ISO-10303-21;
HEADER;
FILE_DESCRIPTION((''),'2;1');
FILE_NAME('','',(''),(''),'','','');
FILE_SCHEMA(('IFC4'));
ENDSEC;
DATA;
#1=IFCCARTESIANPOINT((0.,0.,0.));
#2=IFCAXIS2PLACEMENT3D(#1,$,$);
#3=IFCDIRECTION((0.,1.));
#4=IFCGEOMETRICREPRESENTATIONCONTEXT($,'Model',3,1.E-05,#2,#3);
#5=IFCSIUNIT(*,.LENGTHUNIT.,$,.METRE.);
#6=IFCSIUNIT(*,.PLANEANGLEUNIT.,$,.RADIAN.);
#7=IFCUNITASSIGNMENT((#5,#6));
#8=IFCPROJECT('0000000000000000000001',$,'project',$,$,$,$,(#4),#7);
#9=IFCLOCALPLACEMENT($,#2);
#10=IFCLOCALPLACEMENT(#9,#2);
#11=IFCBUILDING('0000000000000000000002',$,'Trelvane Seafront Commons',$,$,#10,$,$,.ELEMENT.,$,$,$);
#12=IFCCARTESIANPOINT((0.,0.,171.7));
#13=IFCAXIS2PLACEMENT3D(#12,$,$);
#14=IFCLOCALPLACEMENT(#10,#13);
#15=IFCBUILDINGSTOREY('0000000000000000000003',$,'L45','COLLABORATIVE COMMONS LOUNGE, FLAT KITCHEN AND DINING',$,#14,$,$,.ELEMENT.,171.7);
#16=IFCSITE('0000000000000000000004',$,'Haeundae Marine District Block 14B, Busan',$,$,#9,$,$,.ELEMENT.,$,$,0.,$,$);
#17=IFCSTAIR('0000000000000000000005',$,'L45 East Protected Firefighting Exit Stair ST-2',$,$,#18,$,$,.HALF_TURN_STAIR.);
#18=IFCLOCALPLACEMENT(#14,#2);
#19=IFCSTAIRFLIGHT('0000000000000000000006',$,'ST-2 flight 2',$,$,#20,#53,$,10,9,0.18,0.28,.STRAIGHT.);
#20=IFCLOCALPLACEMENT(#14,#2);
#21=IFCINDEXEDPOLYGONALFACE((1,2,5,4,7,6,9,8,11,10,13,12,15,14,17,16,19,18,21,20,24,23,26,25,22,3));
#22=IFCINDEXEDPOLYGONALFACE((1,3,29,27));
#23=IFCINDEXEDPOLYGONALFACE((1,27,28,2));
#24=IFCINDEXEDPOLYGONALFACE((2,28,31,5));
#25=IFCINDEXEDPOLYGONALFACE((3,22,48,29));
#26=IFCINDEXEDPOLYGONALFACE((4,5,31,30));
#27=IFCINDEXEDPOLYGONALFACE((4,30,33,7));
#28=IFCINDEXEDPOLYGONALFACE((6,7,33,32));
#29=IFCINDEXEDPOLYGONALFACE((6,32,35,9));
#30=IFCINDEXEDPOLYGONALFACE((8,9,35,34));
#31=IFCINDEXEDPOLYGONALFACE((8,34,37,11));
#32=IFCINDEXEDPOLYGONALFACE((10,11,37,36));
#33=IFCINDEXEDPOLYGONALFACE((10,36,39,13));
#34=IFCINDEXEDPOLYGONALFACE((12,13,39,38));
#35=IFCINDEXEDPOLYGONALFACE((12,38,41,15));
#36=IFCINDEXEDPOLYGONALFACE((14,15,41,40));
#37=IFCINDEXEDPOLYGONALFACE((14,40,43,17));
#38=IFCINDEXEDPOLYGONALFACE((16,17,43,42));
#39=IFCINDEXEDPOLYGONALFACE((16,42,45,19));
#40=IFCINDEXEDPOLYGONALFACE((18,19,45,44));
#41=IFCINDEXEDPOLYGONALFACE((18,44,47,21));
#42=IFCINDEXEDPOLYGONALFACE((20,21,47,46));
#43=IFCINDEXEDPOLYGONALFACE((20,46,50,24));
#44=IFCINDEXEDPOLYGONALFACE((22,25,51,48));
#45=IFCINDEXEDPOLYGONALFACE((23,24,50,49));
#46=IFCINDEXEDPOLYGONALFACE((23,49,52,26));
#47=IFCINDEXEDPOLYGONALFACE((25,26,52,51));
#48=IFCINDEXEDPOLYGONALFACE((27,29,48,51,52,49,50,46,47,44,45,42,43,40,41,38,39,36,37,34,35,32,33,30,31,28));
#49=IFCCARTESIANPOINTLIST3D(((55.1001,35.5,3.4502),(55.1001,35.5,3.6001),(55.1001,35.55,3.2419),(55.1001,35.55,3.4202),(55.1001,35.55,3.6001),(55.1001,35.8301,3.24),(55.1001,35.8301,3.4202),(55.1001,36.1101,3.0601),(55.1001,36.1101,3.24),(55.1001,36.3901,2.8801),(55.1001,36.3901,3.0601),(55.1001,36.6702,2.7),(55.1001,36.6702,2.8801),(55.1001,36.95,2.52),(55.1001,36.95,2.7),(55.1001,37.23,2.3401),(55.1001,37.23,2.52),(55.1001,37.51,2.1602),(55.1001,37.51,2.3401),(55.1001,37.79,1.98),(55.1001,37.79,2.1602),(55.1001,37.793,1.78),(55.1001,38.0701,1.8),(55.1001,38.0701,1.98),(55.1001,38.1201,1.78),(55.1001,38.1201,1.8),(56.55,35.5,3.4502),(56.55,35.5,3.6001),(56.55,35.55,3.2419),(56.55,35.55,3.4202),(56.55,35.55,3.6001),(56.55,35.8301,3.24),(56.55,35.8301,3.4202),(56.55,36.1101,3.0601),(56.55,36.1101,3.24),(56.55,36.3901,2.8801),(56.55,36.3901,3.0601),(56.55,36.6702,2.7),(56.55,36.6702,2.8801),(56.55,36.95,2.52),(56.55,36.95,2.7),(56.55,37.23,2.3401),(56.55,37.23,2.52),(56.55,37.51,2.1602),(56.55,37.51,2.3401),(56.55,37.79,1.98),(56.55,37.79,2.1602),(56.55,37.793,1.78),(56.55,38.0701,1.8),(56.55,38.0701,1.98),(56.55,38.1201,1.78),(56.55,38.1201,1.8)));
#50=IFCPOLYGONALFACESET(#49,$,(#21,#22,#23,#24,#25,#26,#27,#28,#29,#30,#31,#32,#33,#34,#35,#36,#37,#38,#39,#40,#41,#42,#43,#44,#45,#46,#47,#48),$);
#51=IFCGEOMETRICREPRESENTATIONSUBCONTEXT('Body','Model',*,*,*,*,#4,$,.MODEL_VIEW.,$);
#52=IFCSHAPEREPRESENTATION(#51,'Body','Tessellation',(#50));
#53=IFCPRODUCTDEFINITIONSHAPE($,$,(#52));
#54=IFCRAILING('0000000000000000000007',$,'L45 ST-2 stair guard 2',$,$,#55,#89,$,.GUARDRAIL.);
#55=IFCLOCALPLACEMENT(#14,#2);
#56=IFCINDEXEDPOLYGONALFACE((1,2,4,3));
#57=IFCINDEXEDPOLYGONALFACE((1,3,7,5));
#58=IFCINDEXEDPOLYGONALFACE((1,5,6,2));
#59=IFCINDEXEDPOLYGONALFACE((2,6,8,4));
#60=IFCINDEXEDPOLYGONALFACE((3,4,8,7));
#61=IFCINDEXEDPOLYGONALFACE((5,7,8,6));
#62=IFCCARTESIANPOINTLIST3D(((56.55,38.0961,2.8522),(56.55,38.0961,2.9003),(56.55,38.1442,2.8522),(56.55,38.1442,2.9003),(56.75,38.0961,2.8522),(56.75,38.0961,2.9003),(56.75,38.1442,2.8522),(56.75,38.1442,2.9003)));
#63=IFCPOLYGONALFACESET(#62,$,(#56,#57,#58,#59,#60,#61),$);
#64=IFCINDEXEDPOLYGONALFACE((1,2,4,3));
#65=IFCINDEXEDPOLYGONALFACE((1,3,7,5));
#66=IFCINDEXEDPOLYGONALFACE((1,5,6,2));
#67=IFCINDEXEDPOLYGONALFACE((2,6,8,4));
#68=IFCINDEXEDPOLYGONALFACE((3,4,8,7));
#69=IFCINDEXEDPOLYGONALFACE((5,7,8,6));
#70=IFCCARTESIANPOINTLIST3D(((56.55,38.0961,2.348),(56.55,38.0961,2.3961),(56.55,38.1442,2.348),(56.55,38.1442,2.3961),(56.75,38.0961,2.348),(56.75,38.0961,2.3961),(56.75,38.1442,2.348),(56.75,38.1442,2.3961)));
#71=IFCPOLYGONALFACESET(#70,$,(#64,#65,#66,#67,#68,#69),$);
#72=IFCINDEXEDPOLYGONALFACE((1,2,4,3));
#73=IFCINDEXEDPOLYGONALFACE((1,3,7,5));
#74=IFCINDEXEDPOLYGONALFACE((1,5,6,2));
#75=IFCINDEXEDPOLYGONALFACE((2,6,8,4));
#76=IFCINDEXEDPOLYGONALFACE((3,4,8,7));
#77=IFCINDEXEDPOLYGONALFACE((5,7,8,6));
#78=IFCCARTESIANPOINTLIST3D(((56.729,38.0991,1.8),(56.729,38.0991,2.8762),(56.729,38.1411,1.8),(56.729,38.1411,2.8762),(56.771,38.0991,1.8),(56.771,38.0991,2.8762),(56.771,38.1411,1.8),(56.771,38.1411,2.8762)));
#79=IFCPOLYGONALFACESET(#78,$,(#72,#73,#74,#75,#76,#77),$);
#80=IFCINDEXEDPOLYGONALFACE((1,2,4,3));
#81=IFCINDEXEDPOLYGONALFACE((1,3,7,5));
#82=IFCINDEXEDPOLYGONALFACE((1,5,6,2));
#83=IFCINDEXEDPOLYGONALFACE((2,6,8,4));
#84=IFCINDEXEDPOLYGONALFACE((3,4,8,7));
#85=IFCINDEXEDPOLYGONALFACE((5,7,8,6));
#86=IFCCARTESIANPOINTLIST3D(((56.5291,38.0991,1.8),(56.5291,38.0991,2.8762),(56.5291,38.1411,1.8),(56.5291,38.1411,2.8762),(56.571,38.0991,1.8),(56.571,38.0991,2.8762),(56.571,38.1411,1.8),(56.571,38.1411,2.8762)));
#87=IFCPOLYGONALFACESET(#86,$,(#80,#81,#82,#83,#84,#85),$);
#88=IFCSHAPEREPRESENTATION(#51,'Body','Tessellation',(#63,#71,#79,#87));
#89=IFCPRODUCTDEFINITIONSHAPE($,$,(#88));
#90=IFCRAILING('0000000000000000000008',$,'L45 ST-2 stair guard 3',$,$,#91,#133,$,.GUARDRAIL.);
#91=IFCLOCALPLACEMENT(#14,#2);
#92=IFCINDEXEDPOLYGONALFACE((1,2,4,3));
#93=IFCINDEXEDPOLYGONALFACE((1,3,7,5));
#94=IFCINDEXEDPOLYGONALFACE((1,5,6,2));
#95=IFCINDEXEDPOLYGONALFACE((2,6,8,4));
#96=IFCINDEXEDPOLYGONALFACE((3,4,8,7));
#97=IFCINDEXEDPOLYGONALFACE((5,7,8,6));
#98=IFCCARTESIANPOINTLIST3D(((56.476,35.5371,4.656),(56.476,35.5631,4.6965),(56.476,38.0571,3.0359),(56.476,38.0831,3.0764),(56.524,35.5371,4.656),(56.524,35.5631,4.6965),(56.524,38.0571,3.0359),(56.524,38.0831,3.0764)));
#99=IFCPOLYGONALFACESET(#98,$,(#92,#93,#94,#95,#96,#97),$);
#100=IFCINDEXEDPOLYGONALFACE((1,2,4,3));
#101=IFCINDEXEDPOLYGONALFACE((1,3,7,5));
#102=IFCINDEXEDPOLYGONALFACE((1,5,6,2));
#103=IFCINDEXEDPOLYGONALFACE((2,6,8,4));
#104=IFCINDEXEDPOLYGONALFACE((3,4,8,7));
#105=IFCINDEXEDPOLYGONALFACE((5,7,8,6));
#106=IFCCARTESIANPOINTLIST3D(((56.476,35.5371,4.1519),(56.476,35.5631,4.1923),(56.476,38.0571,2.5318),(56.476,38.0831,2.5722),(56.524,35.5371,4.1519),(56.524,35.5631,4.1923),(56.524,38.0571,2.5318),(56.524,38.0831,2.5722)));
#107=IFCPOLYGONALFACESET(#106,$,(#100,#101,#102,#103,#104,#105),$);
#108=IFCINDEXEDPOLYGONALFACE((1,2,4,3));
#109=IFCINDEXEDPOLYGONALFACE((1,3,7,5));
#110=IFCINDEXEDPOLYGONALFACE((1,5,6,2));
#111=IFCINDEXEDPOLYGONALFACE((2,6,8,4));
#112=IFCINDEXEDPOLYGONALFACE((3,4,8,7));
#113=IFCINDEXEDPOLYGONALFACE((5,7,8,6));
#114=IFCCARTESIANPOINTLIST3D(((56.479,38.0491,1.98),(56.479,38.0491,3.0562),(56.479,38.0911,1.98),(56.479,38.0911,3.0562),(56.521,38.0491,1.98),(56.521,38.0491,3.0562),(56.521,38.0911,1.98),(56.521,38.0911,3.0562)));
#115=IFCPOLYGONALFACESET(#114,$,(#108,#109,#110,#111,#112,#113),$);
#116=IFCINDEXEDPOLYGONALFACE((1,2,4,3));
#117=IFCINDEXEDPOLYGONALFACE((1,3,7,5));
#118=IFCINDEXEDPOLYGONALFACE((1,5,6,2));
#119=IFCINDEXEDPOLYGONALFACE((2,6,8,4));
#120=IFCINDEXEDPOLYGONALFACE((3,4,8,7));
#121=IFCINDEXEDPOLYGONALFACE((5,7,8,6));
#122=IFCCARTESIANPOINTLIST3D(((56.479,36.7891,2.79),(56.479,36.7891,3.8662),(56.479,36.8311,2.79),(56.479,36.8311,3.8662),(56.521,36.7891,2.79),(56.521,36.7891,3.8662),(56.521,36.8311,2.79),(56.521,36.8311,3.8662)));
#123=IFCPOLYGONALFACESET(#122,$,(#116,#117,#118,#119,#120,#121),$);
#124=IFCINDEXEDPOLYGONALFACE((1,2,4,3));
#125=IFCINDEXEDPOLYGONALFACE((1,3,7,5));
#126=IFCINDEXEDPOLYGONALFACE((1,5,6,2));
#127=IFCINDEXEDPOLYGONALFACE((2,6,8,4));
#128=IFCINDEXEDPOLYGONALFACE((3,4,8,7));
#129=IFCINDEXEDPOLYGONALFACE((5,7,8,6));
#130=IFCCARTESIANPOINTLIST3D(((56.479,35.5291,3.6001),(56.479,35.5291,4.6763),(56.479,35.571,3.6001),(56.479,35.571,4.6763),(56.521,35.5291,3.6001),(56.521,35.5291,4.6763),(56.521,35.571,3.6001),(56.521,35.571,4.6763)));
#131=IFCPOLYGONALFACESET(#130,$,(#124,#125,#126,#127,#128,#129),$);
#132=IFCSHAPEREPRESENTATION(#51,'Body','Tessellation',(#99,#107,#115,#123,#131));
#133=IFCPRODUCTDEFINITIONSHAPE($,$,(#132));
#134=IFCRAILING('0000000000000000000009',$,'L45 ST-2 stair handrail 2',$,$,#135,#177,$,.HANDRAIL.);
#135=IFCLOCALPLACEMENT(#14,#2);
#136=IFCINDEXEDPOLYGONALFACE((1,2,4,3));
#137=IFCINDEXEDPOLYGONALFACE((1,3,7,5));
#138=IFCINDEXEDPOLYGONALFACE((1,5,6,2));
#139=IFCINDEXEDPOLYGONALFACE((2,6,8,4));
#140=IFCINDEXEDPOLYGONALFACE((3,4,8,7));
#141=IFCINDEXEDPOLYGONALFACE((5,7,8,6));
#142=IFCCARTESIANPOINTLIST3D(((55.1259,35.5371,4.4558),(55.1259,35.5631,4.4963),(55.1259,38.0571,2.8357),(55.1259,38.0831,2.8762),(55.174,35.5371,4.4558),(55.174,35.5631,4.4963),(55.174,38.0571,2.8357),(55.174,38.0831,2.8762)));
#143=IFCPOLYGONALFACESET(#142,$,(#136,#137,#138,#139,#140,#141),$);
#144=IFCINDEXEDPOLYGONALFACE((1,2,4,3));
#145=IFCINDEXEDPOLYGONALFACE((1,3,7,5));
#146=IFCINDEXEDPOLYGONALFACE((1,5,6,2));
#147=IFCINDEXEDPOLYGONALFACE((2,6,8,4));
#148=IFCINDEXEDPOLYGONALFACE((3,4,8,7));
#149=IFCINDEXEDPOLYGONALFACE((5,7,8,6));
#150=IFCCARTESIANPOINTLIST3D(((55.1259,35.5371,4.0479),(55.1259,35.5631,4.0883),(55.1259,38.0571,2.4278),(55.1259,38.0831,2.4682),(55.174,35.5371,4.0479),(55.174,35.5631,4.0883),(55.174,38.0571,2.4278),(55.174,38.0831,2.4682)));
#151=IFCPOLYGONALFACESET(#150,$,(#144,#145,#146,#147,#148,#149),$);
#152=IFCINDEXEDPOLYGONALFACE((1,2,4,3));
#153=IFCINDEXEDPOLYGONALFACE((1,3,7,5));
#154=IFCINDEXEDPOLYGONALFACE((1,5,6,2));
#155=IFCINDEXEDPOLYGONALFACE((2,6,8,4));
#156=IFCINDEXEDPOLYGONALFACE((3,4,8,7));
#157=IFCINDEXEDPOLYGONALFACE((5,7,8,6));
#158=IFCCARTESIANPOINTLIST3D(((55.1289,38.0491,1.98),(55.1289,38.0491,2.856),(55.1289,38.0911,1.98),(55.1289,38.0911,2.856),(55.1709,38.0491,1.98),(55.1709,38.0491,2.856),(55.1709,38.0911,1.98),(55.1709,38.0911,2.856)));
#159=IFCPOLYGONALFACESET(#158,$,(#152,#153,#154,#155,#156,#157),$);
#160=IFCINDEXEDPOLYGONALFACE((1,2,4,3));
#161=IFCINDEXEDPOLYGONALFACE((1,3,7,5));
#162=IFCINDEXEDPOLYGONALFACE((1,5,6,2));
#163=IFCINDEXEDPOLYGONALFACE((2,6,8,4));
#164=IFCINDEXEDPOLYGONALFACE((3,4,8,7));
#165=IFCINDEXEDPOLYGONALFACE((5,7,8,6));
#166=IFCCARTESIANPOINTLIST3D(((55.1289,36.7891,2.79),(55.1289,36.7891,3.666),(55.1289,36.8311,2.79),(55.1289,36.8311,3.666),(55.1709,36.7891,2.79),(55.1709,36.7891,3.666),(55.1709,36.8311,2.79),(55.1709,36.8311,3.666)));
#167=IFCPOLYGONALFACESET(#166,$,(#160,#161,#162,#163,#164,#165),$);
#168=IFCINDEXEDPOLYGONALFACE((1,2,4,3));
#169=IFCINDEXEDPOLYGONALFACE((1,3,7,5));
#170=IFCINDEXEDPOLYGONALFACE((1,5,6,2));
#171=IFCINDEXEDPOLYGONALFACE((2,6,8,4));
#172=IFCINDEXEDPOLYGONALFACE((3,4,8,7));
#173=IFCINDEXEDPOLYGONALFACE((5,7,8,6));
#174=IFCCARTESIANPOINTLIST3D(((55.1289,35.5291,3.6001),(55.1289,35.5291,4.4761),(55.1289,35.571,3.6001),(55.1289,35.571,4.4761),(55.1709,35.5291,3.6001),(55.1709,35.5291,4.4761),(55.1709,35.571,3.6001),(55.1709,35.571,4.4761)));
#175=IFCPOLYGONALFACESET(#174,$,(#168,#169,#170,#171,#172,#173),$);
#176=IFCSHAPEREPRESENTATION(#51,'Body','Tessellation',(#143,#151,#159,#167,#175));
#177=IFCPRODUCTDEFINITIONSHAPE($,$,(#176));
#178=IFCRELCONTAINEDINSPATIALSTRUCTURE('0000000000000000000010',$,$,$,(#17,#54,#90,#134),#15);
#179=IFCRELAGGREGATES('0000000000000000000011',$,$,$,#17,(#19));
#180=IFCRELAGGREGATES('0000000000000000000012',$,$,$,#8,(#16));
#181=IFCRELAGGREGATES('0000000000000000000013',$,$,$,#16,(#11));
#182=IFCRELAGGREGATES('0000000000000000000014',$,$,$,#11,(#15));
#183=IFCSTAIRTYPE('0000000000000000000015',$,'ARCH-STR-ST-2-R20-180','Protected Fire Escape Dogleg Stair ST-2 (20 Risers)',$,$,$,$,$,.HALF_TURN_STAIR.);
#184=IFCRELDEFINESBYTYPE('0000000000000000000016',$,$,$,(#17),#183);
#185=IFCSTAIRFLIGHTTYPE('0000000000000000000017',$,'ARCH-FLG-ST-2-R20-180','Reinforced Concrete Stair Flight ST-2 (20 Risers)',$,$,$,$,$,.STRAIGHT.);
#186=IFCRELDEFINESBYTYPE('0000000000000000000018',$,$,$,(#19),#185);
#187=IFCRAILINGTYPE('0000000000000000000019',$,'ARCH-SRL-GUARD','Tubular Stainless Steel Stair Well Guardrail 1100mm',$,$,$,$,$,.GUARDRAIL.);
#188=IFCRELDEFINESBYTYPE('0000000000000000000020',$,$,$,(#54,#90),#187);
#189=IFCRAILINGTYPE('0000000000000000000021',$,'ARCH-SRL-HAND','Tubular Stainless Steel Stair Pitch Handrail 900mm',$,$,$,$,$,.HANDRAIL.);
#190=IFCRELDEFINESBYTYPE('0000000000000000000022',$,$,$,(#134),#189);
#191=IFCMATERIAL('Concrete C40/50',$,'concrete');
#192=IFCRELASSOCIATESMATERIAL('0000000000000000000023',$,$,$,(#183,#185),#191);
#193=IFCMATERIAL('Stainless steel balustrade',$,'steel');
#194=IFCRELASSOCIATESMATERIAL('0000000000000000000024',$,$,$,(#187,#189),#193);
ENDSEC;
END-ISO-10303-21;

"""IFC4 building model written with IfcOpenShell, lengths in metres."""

from ifc_helpers import new_model, si_unit, direction, frame, origin, origin_2d, place, context, subcontext, project, spatial, polyline, rectangle, outline, extrude, source, transform, mapped, material, type_object, element, aggregate, save


model = new_model("IFC4")

# Units and contexts
model_context = context("Model", 3, precision=1e-05, world=origin(), true_north=direction((0.0, 1.0)))
body_context = subcontext(model_context, "Body", "Model", "MODEL_VIEW")
ifc_project = project(units=[si_unit("LENGTHUNIT", "METRE"), si_unit("PLANEANGLEUNIT", "RADIAN")], contexts=[model_context])

# Site, building, storey
site_placement = place(None, origin())
site = spatial("IfcSite", under=ifc_project, at=site_placement, Name="Haeundae Marine District Block 14B, Busan", CompositionType="ELEMENT", RefElevation=0.0)
building_placement = place(site_placement, origin())
building = spatial("IfcBuilding", under=site, at=building_placement, Name="Trelvane Seafront Commons", CompositionType="ELEMENT")
storey_placement = place(building_placement, frame((0.0, 0.0, 171.7)))
storey = spatial("IfcBuildingStorey", under=building, at=storey_placement, Name="L45", Description="COLLABORATIVE COMMONS LOUNGE, FLAT KITCHEN AND DINING", CompositionType="ELEMENT", Elevation=171.7)

# Stair, stair flight
ifc_material_1 = material(Name="Concrete C40/50", Category="concrete")
stair_type = type_object("IfcStairType", Name="ARCH-STR-ST-2-R20-180", Description="Protected Fire Escape Dogleg Stair ST-2 (20 Risers)", PredefinedType="HALF_TURN_STAIR", material=ifc_material_1)
stair_placement = place(storey_placement, origin())
stair = element("IfcStair", 1, at=stair_placement, inside=storey, type_object=stair_type, Name="L45 East Protected Firefighting Exit Stair ST-2", PredefinedType="HALF_TURN_STAIR")
stair_flight_type = type_object("IfcStairFlightType", Name="ARCH-FLG-ST-2-R20-180", Description="Reinforced Concrete Stair Flight ST-2 (20 Risers)", PredefinedType="STRAIGHT", material=ifc_material_1)
shared_shape_1 = source(origin(), body_context, "Body", "SweptSolid", [
    extrude(outline(polyline([(-0.05, -0.02), (-0.05, 0.0), (0.0, 0.0), (0.0, 0.1799), (0.28, 0.1799), (0.28, 0.3601), (0.5601, 0.3601), (0.5601, 0.54), (0.8401, 0.54), (0.8401, 0.72), (1.1201, 0.72), (1.1201, 0.8999), (1.3999, 0.8999), (1.3999, 1.0801), (1.6799, 1.0801), (1.6799, 1.26), (1.96, 1.26), (1.96, 1.4399), (2.24, 1.4399), (2.24, 1.6201), (2.52, 1.6201), (2.52, 1.8), (2.5701, 1.8), (2.5701, 1.6501), (2.52, 1.4419), (0.2771, -0.02), (-0.05, -0.02)])), frame((0.0, 0.7251, 0.0), z_axis=(0.0, -1.0, 0.0), x_axis=(1.0, 0.0, 0.0)), (0.0, 0.0, 1.0), 1.45),
])
stair_flight_placement = place(storey_placement, frame((55.825, 38.0701, 1.8), z_axis=(0.0, 0.0, 1.0), x_axis=(0.0, -1.0, 0.0)))
stair_flight = element("IfcStairFlight", 2, at=stair_flight_placement, type_object=stair_flight_type, Name="ST-2 flight 2", NumberOfRisers=10, NumberOfTreads=9, PredefinedType="STRAIGHT", RiserHeight=0.18, TreadLength=0.28, context=body_context, shape_type="MappedRepresentation", body=[
    mapped(shared_shape_1, transform((0.0, 0.0, 0.0), x_axis=(1.0, 0.0, 0.0), y_axis=(0.0, 1.0, 0.0), z_axis=(0.0, 0.0, 1.0), scale=1.0)),
])
aggregate(stair, [stair_flight])

# Railings
ifc_material_2 = material(Name="Stainless steel balustrade", Category="steel")
railing_type_1 = type_object("IfcRailingType", Name="ARCH-SRL-GUARD", Description="Tubular Stainless Steel Stair Well Guardrail 1100mm", PredefinedType="GUARDRAIL", material=ifc_material_2)
railing_1_placement = place(storey_placement, frame((56.75, 38.1201, 1.8)))
element("IfcRailing", 3, at=railing_1_placement, inside=storey, type_object=railing_type_1, Name="L45 ST-2 stair guard 2", PredefinedType="GUARDRAIL", context=body_context, shape_type="SweptSolid", body=[
    extrude(rectangle(XDim=0.0481, YDim=0.0481, at=origin_2d()), frame((0.0, 0.0, 1.0762), z_axis=(-1.0, 0.0, 0.0), x_axis=(0.0, -1.0, 0.0)), (0.0, 0.0, 1.0), 0.2),
    extrude(rectangle(XDim=0.0481, YDim=0.0481, at=origin_2d()), frame((0.0, 0.0, 0.572), z_axis=(-1.0, 0.0, 0.0), x_axis=(0.0, -1.0, 0.0)), (0.0, 0.0, 1.0), 0.2),
    extrude(rectangle(XDim=0.042, YDim=0.042, at=origin_2d()), origin(), (0.0, 0.0, 1.0), 1.0762),
    extrude(rectangle(XDim=0.042, YDim=0.042, at=origin_2d()), frame((-0.2, 0.0, 0.0)), (0.0, 0.0, 1.0), 1.0762),
])
railing_2_placement = place(storey_placement, frame((56.5, 38.0701, 1.98)))
element("IfcRailing", 4, at=railing_2_placement, inside=storey, type_object=railing_type_1, Name="L45 ST-2 stair guard 3", PredefinedType="GUARDRAIL", context=body_context, shape_type="SweptSolid", body=[
    extrude(rectangle(XDim=0.0481, YDim=0.0481, at=origin_2d()), frame((0.0, 0.0, 1.0762), z_axis=(0.0, -0.841163, 0.540782), x_axis=(1.0, 0.0, 0.0)), (0.0, 0.0, 1.0), 2.9958),
    extrude(rectangle(XDim=0.0481, YDim=0.0481, at=origin_2d()), frame((0.0, 0.0, 0.572), z_axis=(0.0, -0.841163, 0.540782), x_axis=(1.0, 0.0, 0.0)), (0.0, 0.0, 1.0), 2.9958),
    extrude(rectangle(XDim=0.042, YDim=0.042, at=origin_2d()), origin(), (0.0, 0.0, 1.0), 1.0762),
    extrude(rectangle(XDim=0.042, YDim=0.042, at=origin_2d()), frame((0.0, -1.26, 0.8101)), (0.0, 0.0, 1.0), 1.0762),
    extrude(rectangle(XDim=0.042, YDim=0.042, at=origin_2d()), frame((0.0, -2.52, 1.6201)), (0.0, 0.0, 1.0), 1.0762),
])
railing_type_2 = type_object("IfcRailingType", Name="ARCH-SRL-HAND", Description="Tubular Stainless Steel Stair Pitch Handrail 900mm", PredefinedType="HANDRAIL", material=ifc_material_2)
railing_3_placement = place(storey_placement, frame((55.1499, 38.0701, 1.98)))
element("IfcRailing", 5, at=railing_3_placement, inside=storey, type_object=railing_type_2, Name="L45 ST-2 stair handrail 2", PredefinedType="HANDRAIL", context=body_context, shape_type="SweptSolid", body=[
    extrude(rectangle(XDim=0.0481, YDim=0.0481, at=origin_2d()), frame((0.0, 0.0, 0.876), z_axis=(0.0, -0.841163, 0.540782), x_axis=(1.0, 0.0, 0.0)), (0.0, 0.0, 1.0), 2.9958),
    extrude(rectangle(XDim=0.0481, YDim=0.0481, at=origin_2d()), frame((0.0, 0.0, 0.468), z_axis=(0.0, -0.841163, 0.540782), x_axis=(1.0, 0.0, 0.0)), (0.0, 0.0, 1.0), 2.9958),
    extrude(rectangle(XDim=0.042, YDim=0.042, at=origin_2d()), origin(), (0.0, 0.0, 1.0), 0.876),
    extrude(rectangle(XDim=0.042, YDim=0.042, at=origin_2d()), frame((0.0, -1.26, 0.8101)), (0.0, 0.0, 1.0), 0.876),
    extrude(rectangle(XDim=0.042, YDim=0.042, at=origin_2d()), frame((0.0, -2.52, 1.6201)), (0.0, 0.0, 1.0), 0.876),
])

save(model, "model.ifc")
